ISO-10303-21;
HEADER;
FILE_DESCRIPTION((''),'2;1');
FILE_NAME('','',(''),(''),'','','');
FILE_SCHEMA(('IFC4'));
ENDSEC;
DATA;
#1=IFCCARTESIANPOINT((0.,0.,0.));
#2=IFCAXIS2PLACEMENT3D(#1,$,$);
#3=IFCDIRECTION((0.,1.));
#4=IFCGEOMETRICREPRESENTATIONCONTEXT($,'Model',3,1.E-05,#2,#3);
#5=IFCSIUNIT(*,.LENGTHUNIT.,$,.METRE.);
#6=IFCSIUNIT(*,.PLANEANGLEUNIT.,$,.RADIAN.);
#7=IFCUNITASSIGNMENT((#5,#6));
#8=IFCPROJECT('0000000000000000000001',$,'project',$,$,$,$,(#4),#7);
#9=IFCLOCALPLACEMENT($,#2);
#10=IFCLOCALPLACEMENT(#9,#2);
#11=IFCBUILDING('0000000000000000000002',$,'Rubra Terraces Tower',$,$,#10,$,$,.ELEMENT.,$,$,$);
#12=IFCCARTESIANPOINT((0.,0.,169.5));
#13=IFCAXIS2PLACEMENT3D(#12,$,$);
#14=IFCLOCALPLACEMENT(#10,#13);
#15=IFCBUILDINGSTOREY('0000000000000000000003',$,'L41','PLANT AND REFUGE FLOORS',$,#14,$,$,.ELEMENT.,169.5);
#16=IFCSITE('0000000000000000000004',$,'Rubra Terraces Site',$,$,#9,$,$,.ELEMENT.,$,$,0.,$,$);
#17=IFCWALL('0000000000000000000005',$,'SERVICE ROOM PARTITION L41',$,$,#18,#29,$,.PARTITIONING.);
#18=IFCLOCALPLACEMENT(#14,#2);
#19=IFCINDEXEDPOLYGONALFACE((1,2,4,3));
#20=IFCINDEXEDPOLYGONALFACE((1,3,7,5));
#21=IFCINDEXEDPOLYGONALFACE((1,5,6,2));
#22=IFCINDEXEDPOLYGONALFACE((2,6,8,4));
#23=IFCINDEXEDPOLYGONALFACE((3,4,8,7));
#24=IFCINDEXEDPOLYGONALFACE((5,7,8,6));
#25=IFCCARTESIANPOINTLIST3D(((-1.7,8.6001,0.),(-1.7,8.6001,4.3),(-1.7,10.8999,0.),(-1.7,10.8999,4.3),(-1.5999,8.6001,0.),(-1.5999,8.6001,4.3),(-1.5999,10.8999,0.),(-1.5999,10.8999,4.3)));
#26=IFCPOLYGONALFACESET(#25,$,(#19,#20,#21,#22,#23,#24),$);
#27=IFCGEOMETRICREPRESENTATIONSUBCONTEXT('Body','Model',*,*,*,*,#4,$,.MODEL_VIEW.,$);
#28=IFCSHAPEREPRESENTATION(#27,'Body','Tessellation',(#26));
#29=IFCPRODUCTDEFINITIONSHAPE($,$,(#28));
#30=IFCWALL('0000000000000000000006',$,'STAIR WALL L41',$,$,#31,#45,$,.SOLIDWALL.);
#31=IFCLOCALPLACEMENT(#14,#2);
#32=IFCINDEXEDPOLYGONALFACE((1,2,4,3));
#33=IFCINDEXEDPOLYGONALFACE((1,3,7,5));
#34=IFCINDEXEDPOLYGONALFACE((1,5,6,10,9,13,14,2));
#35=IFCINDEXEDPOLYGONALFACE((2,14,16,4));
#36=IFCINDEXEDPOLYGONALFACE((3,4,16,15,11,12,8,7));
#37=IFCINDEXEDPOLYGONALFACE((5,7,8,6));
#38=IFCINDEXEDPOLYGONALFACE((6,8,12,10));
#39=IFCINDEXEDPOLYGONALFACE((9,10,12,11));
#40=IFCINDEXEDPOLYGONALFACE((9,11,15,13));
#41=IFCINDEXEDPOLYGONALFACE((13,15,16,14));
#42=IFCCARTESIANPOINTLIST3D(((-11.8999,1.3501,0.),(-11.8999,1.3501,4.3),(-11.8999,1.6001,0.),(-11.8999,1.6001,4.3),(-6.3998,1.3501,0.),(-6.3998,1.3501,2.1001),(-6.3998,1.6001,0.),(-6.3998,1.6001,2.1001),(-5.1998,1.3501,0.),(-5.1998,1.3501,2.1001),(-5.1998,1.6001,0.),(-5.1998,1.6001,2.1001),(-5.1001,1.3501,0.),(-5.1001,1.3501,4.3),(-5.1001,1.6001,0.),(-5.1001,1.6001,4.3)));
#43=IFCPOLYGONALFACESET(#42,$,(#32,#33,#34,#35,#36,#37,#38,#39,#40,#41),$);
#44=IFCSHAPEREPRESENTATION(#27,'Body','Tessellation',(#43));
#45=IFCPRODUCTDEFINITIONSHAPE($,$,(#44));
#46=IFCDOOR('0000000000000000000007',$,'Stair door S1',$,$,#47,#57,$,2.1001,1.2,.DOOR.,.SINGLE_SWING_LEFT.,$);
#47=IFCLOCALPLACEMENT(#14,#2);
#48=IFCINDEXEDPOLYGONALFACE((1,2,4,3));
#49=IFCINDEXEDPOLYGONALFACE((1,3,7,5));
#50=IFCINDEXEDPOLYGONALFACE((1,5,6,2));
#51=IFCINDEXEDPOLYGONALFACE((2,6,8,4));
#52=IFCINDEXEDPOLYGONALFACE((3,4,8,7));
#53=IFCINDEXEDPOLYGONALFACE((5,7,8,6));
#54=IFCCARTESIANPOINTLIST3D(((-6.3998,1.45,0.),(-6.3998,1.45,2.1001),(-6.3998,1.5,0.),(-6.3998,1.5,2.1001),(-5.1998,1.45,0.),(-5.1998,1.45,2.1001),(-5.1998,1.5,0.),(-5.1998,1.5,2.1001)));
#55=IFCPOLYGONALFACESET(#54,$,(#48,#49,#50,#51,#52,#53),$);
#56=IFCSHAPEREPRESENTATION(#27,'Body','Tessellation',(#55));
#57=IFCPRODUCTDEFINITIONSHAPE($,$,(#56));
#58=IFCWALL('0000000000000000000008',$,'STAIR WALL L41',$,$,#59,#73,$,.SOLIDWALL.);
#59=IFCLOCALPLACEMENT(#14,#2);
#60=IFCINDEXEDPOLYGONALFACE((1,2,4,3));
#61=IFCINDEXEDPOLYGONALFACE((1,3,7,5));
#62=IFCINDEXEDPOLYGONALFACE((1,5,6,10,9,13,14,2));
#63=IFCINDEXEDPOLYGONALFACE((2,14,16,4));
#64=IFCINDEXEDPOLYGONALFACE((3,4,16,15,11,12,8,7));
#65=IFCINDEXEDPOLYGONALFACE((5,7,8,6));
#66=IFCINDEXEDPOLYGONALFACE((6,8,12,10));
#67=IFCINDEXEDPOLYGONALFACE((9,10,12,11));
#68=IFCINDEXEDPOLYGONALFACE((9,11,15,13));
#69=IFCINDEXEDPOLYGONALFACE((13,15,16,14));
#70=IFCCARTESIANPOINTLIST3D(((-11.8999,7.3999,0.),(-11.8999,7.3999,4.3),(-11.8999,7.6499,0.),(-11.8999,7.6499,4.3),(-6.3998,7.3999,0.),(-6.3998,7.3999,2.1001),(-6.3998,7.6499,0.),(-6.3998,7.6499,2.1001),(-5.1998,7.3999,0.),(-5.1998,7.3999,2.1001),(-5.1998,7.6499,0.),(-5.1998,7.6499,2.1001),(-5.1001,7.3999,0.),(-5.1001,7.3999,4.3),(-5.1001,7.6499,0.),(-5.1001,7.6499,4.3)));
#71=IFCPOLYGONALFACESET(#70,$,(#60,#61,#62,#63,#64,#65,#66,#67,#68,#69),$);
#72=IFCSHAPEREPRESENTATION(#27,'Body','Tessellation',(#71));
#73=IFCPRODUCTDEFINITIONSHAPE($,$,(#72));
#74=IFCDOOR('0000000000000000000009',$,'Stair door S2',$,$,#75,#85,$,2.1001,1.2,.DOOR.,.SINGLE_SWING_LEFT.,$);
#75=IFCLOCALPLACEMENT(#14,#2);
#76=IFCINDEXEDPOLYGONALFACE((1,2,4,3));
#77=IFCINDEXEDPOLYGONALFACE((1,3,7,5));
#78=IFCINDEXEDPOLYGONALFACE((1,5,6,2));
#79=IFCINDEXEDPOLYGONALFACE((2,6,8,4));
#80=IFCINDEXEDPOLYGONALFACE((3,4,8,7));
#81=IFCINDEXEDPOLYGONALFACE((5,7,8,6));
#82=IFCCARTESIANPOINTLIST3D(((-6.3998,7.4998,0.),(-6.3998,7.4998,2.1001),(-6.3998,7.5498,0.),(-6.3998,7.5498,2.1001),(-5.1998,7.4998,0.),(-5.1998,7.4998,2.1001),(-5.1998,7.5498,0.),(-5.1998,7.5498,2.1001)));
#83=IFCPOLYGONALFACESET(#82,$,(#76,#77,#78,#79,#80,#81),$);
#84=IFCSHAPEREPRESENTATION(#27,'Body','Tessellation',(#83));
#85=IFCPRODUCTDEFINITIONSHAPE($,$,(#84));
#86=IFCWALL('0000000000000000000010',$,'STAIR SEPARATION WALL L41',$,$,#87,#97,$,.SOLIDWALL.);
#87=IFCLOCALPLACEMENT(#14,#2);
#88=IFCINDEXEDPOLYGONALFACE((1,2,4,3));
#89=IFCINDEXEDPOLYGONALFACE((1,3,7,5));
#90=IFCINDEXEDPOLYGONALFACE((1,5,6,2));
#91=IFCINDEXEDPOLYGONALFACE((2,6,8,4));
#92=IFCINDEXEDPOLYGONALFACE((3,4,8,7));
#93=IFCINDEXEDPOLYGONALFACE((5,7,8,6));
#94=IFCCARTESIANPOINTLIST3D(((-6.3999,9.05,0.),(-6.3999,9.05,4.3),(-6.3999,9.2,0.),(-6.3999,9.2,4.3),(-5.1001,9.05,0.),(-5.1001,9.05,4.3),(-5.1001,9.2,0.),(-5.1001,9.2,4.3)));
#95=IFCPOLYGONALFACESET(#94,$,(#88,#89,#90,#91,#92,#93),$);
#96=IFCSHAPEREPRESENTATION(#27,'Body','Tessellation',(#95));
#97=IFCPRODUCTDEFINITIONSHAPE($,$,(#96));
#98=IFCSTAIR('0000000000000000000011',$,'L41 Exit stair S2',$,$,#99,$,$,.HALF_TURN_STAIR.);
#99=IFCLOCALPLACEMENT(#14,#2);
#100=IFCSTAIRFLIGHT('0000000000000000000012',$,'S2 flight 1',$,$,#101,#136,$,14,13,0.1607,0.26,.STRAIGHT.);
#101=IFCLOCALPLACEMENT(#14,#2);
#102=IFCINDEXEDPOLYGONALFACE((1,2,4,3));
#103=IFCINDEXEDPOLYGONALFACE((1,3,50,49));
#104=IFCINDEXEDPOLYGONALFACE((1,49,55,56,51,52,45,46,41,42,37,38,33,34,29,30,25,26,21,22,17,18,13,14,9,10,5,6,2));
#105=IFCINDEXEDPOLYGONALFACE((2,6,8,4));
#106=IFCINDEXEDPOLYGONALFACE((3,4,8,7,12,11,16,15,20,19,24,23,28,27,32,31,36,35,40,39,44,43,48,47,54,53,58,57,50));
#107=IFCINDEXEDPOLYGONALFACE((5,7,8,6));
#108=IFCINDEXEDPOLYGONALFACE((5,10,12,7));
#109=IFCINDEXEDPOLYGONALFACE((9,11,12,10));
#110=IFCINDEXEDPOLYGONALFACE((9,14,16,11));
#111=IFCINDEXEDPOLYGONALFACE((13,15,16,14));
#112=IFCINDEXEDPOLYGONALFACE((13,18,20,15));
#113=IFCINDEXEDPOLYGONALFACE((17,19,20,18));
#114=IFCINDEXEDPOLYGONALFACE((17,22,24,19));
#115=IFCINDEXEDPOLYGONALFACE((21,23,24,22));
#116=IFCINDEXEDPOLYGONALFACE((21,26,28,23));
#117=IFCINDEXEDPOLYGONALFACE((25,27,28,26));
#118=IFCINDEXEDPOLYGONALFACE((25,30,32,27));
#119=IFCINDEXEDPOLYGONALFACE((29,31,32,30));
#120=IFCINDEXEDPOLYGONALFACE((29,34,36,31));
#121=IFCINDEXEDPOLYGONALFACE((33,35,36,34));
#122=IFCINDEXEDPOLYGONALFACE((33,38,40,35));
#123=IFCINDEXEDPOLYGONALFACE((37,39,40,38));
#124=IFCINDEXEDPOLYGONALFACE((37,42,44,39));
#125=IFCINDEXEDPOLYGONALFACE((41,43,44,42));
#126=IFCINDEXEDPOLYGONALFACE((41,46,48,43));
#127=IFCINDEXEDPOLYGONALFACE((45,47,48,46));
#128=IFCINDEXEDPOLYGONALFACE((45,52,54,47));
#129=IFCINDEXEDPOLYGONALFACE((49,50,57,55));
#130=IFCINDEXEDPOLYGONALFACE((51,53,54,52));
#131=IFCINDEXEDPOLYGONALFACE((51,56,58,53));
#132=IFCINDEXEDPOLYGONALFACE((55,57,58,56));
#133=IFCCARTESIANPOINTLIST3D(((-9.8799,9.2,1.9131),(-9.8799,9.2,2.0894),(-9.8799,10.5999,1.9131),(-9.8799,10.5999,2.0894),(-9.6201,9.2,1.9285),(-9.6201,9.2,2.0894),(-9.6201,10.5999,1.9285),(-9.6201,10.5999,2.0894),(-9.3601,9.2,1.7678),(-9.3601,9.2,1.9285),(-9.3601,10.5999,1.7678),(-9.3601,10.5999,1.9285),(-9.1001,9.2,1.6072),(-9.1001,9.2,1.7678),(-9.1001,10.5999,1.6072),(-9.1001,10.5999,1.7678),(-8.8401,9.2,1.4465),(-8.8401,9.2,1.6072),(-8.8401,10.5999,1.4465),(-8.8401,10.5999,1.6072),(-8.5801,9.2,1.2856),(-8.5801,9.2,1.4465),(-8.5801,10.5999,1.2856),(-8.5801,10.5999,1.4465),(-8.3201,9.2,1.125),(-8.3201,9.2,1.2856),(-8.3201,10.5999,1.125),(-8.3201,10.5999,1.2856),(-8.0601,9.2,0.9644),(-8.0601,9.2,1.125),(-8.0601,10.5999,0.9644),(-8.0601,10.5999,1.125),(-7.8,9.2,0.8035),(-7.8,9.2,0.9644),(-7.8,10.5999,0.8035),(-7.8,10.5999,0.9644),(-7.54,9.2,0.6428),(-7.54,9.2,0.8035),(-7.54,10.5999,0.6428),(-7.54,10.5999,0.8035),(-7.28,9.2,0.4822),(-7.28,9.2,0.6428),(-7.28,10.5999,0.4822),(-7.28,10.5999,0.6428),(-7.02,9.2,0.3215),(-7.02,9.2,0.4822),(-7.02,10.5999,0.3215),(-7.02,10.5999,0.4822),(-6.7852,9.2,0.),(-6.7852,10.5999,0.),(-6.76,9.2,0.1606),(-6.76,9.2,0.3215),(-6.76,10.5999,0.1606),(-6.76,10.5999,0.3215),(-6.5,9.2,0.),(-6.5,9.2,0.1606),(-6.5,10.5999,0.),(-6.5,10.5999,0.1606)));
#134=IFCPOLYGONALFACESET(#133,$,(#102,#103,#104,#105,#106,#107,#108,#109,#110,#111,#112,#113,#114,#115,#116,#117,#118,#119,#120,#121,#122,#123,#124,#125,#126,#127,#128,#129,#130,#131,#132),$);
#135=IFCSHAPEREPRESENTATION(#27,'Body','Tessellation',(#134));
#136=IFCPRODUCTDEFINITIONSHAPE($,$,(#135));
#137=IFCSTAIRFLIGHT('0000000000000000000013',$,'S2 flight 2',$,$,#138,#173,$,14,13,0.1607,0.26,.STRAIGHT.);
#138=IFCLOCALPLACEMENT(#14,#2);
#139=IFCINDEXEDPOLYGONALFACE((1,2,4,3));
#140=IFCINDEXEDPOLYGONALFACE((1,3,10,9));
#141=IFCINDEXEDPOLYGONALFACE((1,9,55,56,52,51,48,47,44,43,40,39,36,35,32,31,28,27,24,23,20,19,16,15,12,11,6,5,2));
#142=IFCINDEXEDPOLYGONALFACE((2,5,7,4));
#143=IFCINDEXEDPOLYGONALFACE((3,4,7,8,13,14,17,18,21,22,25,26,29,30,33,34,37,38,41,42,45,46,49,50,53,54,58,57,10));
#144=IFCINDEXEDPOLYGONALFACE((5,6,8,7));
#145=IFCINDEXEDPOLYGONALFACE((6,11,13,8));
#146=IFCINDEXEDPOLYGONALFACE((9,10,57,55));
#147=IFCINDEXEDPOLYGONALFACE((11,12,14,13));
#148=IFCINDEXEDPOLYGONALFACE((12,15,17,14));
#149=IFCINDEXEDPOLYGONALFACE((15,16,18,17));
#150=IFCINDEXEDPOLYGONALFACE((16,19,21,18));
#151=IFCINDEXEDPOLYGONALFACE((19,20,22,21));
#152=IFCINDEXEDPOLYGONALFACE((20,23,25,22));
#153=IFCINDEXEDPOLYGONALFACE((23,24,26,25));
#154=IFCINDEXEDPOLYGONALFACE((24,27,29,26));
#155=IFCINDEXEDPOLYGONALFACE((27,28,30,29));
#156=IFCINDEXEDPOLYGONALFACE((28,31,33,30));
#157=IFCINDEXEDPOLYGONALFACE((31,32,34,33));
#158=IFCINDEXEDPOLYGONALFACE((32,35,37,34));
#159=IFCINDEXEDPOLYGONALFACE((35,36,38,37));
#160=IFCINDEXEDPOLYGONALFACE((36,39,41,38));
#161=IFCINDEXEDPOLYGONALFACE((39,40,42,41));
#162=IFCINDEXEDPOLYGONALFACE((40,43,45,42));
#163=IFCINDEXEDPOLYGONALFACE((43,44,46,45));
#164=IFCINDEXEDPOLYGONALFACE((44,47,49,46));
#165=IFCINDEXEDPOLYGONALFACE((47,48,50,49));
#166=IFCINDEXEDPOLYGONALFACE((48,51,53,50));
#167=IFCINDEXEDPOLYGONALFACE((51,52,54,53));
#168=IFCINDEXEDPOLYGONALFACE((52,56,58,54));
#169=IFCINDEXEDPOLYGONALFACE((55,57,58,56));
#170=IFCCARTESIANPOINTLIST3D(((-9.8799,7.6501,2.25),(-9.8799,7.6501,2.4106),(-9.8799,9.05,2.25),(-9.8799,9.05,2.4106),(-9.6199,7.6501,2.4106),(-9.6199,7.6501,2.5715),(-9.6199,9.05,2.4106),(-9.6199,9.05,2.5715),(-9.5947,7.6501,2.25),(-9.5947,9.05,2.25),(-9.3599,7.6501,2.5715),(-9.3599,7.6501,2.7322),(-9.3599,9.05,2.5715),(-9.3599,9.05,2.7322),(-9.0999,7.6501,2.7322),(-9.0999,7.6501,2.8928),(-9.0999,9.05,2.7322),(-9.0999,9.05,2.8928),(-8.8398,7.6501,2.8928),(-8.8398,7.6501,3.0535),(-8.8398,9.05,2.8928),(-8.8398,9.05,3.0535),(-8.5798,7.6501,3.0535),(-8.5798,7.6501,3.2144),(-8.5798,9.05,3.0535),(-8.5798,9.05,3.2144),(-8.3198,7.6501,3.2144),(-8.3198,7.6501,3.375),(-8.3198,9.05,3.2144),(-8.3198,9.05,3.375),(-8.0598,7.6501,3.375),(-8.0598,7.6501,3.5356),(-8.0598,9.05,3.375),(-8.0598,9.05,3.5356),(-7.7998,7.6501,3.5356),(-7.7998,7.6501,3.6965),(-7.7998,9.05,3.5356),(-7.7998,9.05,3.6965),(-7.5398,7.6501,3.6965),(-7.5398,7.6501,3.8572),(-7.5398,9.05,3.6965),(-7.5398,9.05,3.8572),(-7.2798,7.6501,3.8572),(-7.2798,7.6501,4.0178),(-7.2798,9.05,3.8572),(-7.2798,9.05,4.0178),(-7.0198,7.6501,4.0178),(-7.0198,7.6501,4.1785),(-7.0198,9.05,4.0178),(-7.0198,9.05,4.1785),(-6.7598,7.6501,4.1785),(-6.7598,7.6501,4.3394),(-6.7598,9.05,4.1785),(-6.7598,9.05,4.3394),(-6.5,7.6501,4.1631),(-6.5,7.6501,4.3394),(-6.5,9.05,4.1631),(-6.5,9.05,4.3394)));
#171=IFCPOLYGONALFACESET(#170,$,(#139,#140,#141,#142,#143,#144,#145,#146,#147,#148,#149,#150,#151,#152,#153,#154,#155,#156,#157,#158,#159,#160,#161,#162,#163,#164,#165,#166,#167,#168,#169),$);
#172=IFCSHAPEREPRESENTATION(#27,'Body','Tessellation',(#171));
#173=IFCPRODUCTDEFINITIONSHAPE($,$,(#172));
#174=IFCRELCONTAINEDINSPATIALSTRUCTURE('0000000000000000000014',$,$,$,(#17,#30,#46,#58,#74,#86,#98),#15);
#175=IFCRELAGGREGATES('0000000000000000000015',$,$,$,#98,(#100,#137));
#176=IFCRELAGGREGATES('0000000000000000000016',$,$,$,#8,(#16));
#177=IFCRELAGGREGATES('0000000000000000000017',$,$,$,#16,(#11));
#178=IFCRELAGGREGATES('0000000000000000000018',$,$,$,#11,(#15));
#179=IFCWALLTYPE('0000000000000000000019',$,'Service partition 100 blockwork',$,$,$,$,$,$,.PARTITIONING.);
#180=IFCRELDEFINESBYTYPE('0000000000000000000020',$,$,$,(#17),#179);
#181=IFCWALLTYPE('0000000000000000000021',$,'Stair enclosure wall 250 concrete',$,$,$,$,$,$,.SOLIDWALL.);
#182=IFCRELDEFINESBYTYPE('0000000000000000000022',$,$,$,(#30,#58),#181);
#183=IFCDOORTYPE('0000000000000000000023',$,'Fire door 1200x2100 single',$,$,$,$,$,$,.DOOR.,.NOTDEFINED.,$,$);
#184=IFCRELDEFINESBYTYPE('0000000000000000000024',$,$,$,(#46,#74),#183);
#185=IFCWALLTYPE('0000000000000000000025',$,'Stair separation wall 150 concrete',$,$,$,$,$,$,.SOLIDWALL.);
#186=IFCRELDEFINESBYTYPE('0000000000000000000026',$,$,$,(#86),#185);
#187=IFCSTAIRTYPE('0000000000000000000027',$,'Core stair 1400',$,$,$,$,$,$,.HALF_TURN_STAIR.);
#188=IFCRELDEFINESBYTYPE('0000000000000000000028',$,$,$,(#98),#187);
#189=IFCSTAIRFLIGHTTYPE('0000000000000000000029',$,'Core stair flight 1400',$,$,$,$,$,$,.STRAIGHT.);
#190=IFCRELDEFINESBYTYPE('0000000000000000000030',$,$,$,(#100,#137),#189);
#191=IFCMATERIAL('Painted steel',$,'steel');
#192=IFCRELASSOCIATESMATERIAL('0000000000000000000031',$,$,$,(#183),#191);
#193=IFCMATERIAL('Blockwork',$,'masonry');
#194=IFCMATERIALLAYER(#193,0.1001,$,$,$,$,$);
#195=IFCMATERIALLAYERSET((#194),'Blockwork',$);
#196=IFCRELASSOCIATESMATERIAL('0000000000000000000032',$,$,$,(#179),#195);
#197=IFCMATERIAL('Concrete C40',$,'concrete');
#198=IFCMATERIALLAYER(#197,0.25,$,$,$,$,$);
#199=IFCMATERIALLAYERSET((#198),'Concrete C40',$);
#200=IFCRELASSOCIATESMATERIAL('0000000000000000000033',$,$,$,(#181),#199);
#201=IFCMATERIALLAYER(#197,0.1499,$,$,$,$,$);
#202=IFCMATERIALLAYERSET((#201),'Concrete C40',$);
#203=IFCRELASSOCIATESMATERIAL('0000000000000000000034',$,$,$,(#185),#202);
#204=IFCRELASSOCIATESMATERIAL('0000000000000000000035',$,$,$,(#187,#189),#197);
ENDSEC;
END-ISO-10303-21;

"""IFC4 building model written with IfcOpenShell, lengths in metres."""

from ifc_helpers import new_model, si_unit, direction, frame, frame_2d, origin, place, context, subcontext, project, spatial, polyline, rectangle, outline, extrude, material, layer, layer_set, type_object, element, fill, aggregate, save


model = new_model("IFC4")

# Units and contexts
model_context = context("Model", 3, precision=1e-05, world=origin(), true_north=direction((0.0, 1.0)))
body_context = subcontext(model_context, "Body", "Model", "MODEL_VIEW")
ifc_project = project(units=[si_unit("LENGTHUNIT", "METRE"), si_unit("PLANEANGLEUNIT", "RADIAN")], contexts=[model_context])

# Site, building, storey
site_placement = place(None, origin())
site = spatial("IfcSite", under=ifc_project, at=site_placement, Name="Rubra Terraces Site", CompositionType="ELEMENT", RefElevation=0.0)
building_placement = place(site_placement, origin())
building = spatial("IfcBuilding", under=site, at=building_placement, Name="Rubra Terraces Tower", CompositionType="ELEMENT")
storey_placement = place(building_placement, frame((0.0, 0.0, 169.5)))
storey = spatial("IfcBuildingStorey", under=building, at=storey_placement, Name="L41", Description="PLANT AND REFUGE FLOORS", CompositionType="ELEMENT", Elevation=169.5)

# Shared definitions
ifc_material_1 = material(Name="Concrete C40", Category="concrete")

# Shared definitions
ifc_material_2 = material(Name="Painted steel", Category="steel")
door_type_1 = type_object("IfcDoorType", Name="Fire door 1200x2100 single", OperationType="NOTDEFINED", PredefinedType="DOOR", material=ifc_material_2)

# Wall
ifc_material_3 = material(Name="Blockwork", Category="masonry")
ifc_layer_1 = layer(ifc_material_3, 0.1001)
ifc_layer_set_1 = layer_set([ifc_layer_1], Name="Blockwork")
wall_type_1 = type_object("IfcWallType", Name="Service partition 100 blockwork", PredefinedType="PARTITIONING", material=ifc_layer_set_1)
wall_1_placement = place(storey_placement, frame((-1.6499, 8.6001, 0.0), z_axis=(0.0, 0.0, 1.0), x_axis=(0.0, 1.0, 0.0)))
element("IfcWall", 1, at=wall_1_placement, inside=storey, type_object=wall_type_1, Name="SERVICE ROOM PARTITION L41", PredefinedType="PARTITIONING", context=body_context, shape_type="SweptSolid", body=[
    extrude(rectangle(XDim=2.2998, YDim=0.1001, at=frame_2d((1.1499, 0.0))), origin(), (0.0, 0.0, 1.0), 4.3),
])

# Walls, openings, doors
ifc_layer_2 = layer(ifc_material_1, 0.25)
ifc_layer_set_2 = layer_set([ifc_layer_2], Name="Concrete C40")
wall_type_2 = type_object("IfcWallType", Name="Stair enclosure wall 250 concrete", PredefinedType="SOLIDWALL", material=ifc_layer_set_2)
wall_2_placement = place(storey_placement, frame((-11.8999, 1.4751, 0.0), z_axis=(0.0, 0.0, 1.0), x_axis=(1.0, 0.0, 0.0)))
wall_2 = element("IfcWall", 2, at=wall_2_placement, inside=storey, type_object=wall_type_2, Name="STAIR WALL L41", PredefinedType="SOLIDWALL", context=body_context, shape_type="SweptSolid", body=[
    extrude(rectangle(XDim=6.7998, YDim=0.25, at=frame_2d((3.3999, 0.0))), origin(), (0.0, 0.0, 1.0), 4.3),
])
opening_1_placement = place(wall_2_placement, frame((5.5, 0.0, 0.0)))
opening_1 = element("IfcOpeningElement", 3, at=opening_1_placement, cuts=wall_2, PredefinedType="OPENING", context=body_context, shape_type="SweptSolid", body=[
    extrude(rectangle(XDim=1.2, YDim=2.1001, at=frame_2d((0.6001, 1.05))), frame((0.0, 0.135, 0.0), z_axis=(0.0, -1.0, 0.0), x_axis=(1.0, 0.0, 0.0)), (0.0, 0.0, 1.0), 0.27),
])
door_1_placement = place(opening_1_placement, origin())
door_1 = element("IfcDoor", 4, at=door_1_placement, inside=storey, type_object=door_type_1, Name="Stair door S1", OperationType="SINGLE_SWING_LEFT", OverallHeight=2.1001, OverallWidth=1.2, PredefinedType="DOOR", context=body_context, shape_type="SweptSolid", body=[
    extrude(rectangle(XDim=1.2, YDim=2.1001, at=frame_2d((0.6001, 1.05))), frame((0.0, 0.0249, 0.0), z_axis=(0.0, -1.0, 0.0), x_axis=(1.0, 0.0, 0.0)), (0.0, 0.0, 1.0), 0.05),
])
fill(opening_1, door_1)
wall_3_placement = place(storey_placement, frame((-11.8999, 7.5249, 0.0), z_axis=(0.0, 0.0, 1.0), x_axis=(1.0, 0.0, 0.0)))
wall_3 = element("IfcWall", 5, at=wall_3_placement, inside=storey, type_object=wall_type_2, Name="STAIR WALL L41", PredefinedType="SOLIDWALL", context=body_context, shape_type="SweptSolid", body=[
    extrude(rectangle(XDim=6.7998, YDim=0.25, at=frame_2d((3.3999, 0.0))), origin(), (0.0, 0.0, 1.0), 4.3),
])
opening_2_placement = place(wall_3_placement, frame((5.5, 0.0, 0.0)))
opening_2 = element("IfcOpeningElement", 6, at=opening_2_placement, cuts=wall_3, PredefinedType="OPENING", context=body_context, shape_type="SweptSolid", body=[
    extrude(rectangle(XDim=1.2, YDim=2.1001, at=frame_2d((0.6001, 1.05))), frame((0.0, 0.135, 0.0), z_axis=(0.0, -1.0, 0.0), x_axis=(1.0, 0.0, 0.0)), (0.0, 0.0, 1.0), 0.27),
])
door_2_placement = place(opening_2_placement, origin())
door_2 = element("IfcDoor", 7, at=door_2_placement, inside=storey, type_object=door_type_1, Name="Stair door S2", OperationType="SINGLE_SWING_LEFT", OverallHeight=2.1001, OverallWidth=1.2, PredefinedType="DOOR", context=body_context, shape_type="SweptSolid", body=[
    extrude(rectangle(XDim=1.2, YDim=2.1001, at=frame_2d((0.6001, 1.05))), frame((0.0, 0.0249, 0.0), z_axis=(0.0, -1.0, 0.0), x_axis=(1.0, 0.0, 0.0)), (0.0, 0.0, 1.0), 0.05),
])
fill(opening_2, door_2)

# Wall
ifc_layer_3 = layer(ifc_material_1, 0.1499)
ifc_layer_set_3 = layer_set([ifc_layer_3], Name="Concrete C40")
wall_type_3 = type_object("IfcWallType", Name="Stair separation wall 150 concrete", PredefinedType="SOLIDWALL", material=ifc_layer_set_3)
wall_4_placement = place(storey_placement, frame((-6.3999, 9.125, 0.0), z_axis=(0.0, 0.0, 1.0), x_axis=(1.0, 0.0, 0.0)))
element("IfcWall", 8, at=wall_4_placement, inside=storey, type_object=wall_type_3, Name="STAIR SEPARATION WALL L41", PredefinedType="SOLIDWALL", context=body_context, shape_type="SweptSolid", body=[
    extrude(rectangle(XDim=1.2998, YDim=0.1499, at=frame_2d((0.6499, 0.0))), origin(), (0.0, 0.0, 1.0), 4.3),
])

# Stair, stair flights
stair_type = type_object("IfcStairType", Name="Core stair 1400", PredefinedType="HALF_TURN_STAIR", material=ifc_material_1)
stair_placement = place(storey_placement, origin())
stair = element("IfcStair", 9, at=stair_placement, inside=storey, type_object=stair_type, Name="L41 Exit stair S2", PredefinedType="HALF_TURN_STAIR")
stair_flight_type = type_object("IfcStairFlightType", Name="Core stair flight 1400", PredefinedType="STRAIGHT", material=ifc_material_1)
stair_flight_1_placement = place(storey_placement, frame((-6.5, 9.8999, 0.0), z_axis=(0.0, 0.0, 1.0), x_axis=(-1.0, 0.0, 0.0)))
stair_flight_1 = element("IfcStairFlight", 10, at=stair_flight_1_placement, type_object=stair_flight_type, Name="S2 flight 1", NumberOfRisers=14, NumberOfTreads=13, PredefinedType="STRAIGHT", RiserHeight=0.1607, TreadLength=0.26, context=body_context, shape_type="SweptSolid", body=[
    extrude(outline(polyline([(0.0, 0.0), (0.0, 0.1606), (0.26, 0.1606), (0.26, 0.3215), (0.52, 0.3215), (0.52, 0.4822), (0.78, 0.4822), (0.78, 0.6428), (1.04, 0.6428), (1.04, 0.8035), (1.3, 0.8035), (1.3, 0.9644), (1.5601, 0.9644), (1.5601, 1.125), (1.8201, 1.125), (1.8201, 1.2856), (2.0801, 1.2856), (2.0801, 1.4465), (2.3401, 1.4465), (2.3401, 1.6072), (2.6001, 1.6072), (2.6001, 1.7678), (2.8601, 1.7678), (2.8601, 1.9285), (3.1201, 1.9285), (3.1201, 2.0894), (3.3799, 2.0894), (3.3799, 2.25), (3.3799, 1.9131), (0.2852, 0.0), (0.0, 0.0)])), frame((0.0, 0.7, 0.0), z_axis=(0.0, -1.0, 0.0), x_axis=(1.0, 0.0, 0.0)), (0.0, 0.0, 1.0), 1.3999),
])
stair_flight_2_placement = place(storey_placement, frame((-9.8799, 8.3501, 2.25), z_axis=(0.0, 0.0, 1.0), x_axis=(1.0, 0.0, 0.0)))
stair_flight_2 = element("IfcStairFlight", 11, at=stair_flight_2_placement, type_object=stair_flight_type, Name="S2 flight 2", NumberOfRisers=14, NumberOfTreads=13, PredefinedType="STRAIGHT", RiserHeight=0.1607, TreadLength=0.26, context=body_context, shape_type="SweptSolid", body=[
    extrude(outline(polyline([(0.0, 0.0), (0.0, 0.1606), (0.26, 0.1606), (0.26, 0.3215), (0.52, 0.3215), (0.52, 0.4822), (0.78, 0.4822), (0.78, 0.6428), (1.04, 0.6428), (1.04, 0.8035), (1.3, 0.8035), (1.3, 0.9644), (1.5601, 0.9644), (1.5601, 1.125), (1.8201, 1.125), (1.8201, 1.2856), (2.0801, 1.2856), (2.0801, 1.4465), (2.3401, 1.4465), (2.3401, 1.6072), (2.6001, 1.6072), (2.6001, 1.7678), (2.8601, 1.7678), (2.8601, 1.9285), (3.1201, 1.9285), (3.1201, 2.0894), (3.3799, 2.0894), (3.3799, 2.25), (3.3799, 1.9131), (0.2852, 0.0), (0.0, 0.0)])), frame((0.0, 0.7, 0.0), z_axis=(0.0, -1.0, 0.0), x_axis=(1.0, 0.0, 0.0)), (0.0, 0.0, 1.0), 1.3999),
])
aggregate(stair, [stair_flight_1, stair_flight_2])

save(model, "model.ifc")
